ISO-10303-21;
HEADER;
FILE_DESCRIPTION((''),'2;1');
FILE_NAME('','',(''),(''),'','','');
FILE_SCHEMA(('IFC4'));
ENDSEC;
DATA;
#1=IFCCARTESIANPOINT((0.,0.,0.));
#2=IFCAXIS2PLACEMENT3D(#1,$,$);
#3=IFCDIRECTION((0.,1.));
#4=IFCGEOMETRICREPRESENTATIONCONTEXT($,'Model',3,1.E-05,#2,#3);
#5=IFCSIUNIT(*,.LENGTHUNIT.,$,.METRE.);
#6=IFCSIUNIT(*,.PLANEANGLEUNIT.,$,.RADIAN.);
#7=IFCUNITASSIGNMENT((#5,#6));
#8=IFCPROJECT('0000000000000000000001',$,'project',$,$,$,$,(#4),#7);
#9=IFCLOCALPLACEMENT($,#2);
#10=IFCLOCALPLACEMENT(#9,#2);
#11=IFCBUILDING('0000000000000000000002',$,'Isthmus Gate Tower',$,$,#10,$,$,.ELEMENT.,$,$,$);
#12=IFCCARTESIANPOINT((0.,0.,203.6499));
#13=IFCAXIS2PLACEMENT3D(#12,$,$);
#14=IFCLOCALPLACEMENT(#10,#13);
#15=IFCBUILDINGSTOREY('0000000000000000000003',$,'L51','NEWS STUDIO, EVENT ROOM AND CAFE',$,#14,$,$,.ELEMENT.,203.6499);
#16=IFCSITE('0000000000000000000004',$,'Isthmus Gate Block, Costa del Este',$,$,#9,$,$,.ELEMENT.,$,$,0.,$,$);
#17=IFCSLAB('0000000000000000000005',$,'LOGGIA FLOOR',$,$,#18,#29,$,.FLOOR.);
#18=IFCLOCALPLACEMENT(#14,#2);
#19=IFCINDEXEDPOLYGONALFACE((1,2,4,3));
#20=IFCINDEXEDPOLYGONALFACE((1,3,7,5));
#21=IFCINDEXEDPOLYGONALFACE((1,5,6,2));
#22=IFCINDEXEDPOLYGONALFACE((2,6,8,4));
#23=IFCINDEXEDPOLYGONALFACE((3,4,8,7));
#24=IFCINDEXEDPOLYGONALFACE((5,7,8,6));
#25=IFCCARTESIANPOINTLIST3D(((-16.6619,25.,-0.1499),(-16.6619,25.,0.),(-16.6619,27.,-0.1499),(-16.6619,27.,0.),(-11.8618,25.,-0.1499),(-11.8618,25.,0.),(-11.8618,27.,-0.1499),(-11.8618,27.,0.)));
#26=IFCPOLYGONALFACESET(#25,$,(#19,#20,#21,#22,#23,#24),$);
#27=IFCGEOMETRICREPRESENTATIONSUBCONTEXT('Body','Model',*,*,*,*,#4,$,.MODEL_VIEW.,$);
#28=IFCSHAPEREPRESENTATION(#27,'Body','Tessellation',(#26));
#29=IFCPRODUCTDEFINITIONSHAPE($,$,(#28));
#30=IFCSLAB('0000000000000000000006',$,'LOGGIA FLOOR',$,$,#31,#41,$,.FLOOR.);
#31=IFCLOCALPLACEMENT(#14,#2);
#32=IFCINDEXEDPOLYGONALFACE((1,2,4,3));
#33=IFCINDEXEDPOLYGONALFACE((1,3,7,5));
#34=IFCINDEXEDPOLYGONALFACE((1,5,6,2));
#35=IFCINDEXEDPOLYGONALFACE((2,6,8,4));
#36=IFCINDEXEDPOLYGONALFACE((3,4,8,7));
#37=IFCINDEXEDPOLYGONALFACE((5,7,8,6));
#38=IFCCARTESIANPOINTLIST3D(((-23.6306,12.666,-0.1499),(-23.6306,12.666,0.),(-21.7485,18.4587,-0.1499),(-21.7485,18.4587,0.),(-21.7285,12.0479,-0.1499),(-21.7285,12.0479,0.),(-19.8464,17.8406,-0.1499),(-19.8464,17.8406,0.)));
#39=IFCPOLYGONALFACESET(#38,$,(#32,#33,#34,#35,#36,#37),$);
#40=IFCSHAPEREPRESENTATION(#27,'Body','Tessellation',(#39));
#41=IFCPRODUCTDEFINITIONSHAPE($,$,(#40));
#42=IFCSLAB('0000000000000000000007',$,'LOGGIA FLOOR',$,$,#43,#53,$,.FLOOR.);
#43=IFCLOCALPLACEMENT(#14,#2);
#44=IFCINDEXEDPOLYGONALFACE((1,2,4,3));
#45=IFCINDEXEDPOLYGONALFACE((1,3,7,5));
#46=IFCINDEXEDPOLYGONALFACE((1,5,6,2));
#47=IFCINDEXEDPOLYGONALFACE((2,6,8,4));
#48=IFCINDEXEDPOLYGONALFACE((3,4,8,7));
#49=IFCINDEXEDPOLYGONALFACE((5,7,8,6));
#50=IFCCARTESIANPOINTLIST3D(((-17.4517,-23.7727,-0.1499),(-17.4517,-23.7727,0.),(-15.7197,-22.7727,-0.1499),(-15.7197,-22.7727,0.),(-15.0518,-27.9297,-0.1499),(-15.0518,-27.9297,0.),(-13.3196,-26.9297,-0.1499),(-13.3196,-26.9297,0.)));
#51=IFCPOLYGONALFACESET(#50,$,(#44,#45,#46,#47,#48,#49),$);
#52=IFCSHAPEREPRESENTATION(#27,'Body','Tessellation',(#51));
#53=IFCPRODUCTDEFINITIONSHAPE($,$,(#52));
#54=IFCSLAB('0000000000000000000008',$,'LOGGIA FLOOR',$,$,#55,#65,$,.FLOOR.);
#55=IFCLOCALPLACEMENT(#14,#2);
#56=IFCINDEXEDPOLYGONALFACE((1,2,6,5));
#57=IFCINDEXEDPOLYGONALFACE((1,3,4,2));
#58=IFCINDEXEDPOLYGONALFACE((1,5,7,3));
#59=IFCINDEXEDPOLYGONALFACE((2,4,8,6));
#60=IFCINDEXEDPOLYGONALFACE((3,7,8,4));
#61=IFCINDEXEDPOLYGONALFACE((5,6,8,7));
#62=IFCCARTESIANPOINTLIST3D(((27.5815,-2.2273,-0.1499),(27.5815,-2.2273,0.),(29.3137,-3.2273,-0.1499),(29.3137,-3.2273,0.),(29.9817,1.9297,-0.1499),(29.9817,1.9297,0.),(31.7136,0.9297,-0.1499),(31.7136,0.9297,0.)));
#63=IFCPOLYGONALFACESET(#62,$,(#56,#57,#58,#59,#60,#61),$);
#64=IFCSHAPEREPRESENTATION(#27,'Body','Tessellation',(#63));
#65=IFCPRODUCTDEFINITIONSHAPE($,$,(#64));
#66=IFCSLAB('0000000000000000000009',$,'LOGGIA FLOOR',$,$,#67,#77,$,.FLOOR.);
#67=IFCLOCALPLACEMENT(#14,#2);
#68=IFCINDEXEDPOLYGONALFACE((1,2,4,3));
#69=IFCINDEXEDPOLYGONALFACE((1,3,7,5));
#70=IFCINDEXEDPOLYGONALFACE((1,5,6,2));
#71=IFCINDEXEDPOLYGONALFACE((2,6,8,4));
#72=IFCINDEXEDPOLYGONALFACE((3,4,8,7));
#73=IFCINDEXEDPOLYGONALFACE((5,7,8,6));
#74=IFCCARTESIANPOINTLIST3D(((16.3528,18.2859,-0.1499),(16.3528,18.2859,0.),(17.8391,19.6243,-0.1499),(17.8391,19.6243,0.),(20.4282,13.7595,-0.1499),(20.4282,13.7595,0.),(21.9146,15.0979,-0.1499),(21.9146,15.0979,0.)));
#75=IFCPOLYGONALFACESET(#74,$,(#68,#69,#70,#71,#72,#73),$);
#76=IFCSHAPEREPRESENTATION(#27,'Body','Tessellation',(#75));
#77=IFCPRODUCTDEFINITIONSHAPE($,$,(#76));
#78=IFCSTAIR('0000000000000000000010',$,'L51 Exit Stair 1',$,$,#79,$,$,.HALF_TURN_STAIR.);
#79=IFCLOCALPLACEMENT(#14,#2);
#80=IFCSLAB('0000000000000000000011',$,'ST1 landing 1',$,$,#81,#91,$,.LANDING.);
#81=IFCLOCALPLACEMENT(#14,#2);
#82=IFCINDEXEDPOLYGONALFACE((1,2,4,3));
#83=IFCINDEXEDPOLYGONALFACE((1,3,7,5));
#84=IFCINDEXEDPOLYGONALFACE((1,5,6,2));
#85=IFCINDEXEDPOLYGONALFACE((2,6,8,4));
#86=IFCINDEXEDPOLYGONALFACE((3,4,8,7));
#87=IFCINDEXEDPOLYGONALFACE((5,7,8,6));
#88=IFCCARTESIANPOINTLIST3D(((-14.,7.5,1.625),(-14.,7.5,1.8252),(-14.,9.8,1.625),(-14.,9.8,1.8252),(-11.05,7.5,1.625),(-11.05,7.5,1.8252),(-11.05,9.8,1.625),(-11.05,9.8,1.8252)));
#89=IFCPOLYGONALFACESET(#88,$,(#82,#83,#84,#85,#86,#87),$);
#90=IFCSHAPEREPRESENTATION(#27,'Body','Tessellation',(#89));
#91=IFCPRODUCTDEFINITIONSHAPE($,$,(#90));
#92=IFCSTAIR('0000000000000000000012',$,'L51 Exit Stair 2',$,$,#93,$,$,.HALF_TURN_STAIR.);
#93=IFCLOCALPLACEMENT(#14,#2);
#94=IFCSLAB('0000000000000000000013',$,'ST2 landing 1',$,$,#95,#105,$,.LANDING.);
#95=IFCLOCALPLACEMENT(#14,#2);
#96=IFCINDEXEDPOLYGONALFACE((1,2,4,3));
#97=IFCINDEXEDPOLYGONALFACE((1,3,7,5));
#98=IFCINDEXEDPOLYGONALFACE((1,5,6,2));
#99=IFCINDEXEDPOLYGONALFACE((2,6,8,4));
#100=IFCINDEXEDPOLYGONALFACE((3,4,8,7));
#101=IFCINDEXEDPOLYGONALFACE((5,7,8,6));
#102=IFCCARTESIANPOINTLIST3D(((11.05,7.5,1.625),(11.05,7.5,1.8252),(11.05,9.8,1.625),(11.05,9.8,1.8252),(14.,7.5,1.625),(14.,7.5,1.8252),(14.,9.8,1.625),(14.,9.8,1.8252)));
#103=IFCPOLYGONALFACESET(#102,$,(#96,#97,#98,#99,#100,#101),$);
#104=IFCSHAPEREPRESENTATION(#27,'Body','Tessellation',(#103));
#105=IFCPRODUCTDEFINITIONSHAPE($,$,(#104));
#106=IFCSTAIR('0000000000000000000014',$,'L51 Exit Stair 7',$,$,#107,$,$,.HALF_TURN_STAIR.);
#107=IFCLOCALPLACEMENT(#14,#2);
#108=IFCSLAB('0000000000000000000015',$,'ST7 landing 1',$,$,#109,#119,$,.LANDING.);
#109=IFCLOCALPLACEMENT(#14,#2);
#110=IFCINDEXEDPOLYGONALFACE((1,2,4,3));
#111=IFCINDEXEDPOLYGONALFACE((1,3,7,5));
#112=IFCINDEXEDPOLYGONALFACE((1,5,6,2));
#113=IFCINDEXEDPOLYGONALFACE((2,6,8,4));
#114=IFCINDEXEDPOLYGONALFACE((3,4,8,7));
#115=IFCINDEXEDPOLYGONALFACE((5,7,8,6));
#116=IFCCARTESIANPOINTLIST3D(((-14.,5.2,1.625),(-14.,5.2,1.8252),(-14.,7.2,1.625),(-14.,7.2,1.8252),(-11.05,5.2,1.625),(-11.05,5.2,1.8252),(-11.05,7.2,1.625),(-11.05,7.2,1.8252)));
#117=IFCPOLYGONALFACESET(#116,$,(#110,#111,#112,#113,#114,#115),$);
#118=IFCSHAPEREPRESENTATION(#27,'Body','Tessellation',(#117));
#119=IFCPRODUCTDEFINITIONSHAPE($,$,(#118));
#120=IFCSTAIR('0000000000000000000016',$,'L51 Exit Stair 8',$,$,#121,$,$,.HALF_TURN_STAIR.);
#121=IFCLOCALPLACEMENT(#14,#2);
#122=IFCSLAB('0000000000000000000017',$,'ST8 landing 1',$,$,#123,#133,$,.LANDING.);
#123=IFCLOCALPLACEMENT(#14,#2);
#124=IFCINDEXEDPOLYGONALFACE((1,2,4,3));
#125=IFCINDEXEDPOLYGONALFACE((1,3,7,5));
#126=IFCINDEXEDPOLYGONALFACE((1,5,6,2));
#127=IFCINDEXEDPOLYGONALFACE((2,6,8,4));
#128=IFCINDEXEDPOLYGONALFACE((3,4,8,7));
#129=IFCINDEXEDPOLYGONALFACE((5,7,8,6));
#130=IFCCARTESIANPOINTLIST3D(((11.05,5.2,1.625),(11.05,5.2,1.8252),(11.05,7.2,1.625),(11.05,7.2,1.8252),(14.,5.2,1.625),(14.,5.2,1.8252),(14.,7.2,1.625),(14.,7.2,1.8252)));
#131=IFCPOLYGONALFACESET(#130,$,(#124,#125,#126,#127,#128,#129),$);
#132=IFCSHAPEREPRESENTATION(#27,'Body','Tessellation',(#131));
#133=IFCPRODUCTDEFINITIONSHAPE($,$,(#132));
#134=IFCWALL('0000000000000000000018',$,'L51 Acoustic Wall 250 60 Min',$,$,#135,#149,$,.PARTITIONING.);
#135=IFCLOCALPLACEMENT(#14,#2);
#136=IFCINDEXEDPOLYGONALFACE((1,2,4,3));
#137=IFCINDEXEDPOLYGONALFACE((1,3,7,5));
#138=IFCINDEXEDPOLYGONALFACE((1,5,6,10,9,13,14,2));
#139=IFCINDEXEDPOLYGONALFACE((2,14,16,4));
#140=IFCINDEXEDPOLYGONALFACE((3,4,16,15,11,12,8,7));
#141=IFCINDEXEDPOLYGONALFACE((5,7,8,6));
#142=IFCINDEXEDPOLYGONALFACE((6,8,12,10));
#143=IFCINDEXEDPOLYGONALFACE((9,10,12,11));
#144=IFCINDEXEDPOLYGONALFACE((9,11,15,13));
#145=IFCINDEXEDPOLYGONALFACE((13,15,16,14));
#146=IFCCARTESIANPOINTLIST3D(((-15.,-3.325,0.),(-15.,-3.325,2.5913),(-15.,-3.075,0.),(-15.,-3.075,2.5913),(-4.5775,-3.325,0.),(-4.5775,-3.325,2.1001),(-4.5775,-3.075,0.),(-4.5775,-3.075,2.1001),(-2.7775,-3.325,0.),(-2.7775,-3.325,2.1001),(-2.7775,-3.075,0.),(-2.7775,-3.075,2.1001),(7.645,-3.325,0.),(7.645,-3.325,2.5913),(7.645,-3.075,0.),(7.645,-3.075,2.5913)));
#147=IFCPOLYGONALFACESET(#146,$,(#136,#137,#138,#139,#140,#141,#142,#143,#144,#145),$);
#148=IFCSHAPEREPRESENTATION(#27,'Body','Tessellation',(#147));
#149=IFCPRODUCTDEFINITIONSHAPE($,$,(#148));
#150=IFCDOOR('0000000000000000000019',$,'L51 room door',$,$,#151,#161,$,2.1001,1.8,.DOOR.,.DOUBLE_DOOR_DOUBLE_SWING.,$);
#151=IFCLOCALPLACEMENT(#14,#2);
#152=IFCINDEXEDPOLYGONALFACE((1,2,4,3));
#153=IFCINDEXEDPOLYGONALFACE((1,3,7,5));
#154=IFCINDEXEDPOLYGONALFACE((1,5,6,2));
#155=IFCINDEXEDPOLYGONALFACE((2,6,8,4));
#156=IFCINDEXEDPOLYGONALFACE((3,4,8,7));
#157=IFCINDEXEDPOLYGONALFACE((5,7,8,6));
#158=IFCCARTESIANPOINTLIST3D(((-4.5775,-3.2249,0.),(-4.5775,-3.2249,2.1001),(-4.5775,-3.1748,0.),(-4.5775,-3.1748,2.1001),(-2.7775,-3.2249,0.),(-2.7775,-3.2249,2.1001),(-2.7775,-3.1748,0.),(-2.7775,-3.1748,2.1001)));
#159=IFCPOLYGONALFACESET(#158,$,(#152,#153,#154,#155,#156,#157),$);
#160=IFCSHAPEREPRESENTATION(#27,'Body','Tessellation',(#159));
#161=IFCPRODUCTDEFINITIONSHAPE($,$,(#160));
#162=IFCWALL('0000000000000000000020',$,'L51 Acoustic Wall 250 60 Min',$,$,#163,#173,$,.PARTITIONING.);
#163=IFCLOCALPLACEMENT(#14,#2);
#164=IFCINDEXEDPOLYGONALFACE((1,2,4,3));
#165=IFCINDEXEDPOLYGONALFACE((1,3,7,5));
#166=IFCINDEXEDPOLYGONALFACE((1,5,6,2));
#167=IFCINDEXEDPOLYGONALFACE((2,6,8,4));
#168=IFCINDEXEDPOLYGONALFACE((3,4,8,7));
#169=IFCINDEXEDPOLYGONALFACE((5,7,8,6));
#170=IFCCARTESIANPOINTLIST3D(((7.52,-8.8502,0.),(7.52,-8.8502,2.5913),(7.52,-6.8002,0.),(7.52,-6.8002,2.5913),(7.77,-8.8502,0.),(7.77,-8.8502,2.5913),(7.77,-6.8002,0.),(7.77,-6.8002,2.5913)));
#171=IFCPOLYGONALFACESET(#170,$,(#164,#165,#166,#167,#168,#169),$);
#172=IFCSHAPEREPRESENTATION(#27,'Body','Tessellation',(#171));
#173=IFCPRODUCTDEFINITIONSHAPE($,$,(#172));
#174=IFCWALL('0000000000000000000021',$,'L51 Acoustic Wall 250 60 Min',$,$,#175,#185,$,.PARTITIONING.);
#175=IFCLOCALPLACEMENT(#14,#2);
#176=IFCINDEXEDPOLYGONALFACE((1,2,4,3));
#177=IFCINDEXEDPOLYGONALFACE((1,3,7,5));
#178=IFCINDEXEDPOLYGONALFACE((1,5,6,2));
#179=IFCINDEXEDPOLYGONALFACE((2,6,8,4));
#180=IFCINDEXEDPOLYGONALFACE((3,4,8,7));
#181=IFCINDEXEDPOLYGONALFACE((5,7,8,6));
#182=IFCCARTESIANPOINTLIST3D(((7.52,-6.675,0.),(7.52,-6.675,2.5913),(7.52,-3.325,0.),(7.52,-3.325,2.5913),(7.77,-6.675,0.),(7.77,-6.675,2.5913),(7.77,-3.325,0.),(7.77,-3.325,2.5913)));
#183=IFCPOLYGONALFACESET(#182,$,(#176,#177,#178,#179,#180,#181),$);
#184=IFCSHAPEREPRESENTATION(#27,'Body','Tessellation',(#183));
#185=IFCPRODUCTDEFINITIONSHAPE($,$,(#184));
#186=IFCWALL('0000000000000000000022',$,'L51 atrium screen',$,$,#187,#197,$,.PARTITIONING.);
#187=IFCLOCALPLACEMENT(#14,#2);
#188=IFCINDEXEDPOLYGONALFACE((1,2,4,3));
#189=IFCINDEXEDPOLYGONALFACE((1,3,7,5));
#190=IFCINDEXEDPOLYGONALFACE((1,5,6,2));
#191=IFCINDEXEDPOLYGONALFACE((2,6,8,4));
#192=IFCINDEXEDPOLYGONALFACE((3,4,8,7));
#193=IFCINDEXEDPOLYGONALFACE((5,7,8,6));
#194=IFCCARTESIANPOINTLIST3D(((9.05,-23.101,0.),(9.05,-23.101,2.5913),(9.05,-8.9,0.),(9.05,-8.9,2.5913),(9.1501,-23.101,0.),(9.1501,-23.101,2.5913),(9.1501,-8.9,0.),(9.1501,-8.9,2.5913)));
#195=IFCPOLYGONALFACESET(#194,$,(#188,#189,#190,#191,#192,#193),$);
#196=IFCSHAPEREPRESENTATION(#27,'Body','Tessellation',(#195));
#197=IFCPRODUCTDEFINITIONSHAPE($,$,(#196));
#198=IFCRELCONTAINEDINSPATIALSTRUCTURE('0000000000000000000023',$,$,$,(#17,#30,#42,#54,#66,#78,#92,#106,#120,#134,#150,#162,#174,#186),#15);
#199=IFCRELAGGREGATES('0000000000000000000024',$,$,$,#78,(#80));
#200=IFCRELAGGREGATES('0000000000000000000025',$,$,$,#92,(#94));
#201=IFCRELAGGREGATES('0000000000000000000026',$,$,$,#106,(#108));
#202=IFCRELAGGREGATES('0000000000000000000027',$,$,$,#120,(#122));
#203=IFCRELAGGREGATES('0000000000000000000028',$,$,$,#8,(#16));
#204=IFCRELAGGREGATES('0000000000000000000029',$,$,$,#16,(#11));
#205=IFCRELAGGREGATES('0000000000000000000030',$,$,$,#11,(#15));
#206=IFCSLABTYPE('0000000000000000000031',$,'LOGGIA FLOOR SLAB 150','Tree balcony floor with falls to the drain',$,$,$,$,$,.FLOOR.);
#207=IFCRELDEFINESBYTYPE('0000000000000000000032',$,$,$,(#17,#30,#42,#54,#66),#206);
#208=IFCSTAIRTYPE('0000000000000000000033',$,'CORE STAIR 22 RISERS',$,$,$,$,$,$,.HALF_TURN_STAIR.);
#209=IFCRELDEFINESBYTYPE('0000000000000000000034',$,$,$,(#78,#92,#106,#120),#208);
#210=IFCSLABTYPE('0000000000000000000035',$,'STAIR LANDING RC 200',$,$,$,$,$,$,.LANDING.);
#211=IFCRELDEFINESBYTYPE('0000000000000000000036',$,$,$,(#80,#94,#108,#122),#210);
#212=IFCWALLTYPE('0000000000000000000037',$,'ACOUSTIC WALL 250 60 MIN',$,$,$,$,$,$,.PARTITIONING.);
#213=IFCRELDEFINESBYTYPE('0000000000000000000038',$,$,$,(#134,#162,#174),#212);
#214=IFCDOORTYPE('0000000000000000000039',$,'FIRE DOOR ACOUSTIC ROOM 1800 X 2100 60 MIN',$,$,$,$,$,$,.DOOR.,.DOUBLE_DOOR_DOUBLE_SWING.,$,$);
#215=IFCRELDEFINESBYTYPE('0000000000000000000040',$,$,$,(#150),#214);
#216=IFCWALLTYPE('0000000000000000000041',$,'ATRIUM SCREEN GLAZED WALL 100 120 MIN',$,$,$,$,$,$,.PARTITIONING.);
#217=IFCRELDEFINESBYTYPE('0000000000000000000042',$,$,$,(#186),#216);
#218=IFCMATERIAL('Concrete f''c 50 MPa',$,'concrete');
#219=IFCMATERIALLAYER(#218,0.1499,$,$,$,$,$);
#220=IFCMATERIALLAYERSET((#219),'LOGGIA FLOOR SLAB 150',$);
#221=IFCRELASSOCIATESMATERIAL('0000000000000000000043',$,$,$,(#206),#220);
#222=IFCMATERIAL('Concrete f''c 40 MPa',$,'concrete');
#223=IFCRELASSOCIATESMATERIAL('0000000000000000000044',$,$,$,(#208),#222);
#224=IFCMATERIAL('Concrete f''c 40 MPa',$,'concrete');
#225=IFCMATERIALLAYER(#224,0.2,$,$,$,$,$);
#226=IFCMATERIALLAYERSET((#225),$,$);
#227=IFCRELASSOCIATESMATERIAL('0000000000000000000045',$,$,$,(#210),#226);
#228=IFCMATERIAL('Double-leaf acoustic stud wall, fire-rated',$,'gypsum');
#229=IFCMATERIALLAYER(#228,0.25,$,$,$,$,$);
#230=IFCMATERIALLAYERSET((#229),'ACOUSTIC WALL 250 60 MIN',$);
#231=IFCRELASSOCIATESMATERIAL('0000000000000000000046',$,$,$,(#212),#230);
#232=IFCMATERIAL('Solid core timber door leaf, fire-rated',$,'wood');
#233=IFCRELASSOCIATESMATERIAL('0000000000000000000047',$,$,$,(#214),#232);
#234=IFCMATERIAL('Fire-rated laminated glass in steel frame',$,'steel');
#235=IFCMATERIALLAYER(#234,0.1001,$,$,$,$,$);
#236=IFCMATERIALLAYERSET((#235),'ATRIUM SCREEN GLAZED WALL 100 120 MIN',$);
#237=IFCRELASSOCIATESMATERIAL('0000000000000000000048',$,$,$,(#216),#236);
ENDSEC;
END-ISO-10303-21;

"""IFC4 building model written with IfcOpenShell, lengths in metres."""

from ifc_helpers import new_model, si_unit, direction, frame, frame_2d, origin, place, context, subcontext, project, spatial, polyline, rectangle, outline, extrude, material, layer, layer_set, type_object, element, fill, aggregate, save


model = new_model("IFC4")

# Units and contexts
model_context = context("Model", 3, precision=1e-05, world=origin(), true_north=direction((0.0, 1.0)))
body_context = subcontext(model_context, "Body", "Model", "MODEL_VIEW")
ifc_project = project(units=[si_unit("LENGTHUNIT", "METRE"), si_unit("PLANEANGLEUNIT", "RADIAN")], contexts=[model_context])

# Site, building, storey
site_placement = place(None, origin())
site = spatial("IfcSite", under=ifc_project, at=site_placement, Name="Isthmus Gate Block, Costa del Este", CompositionType="ELEMENT", RefElevation=0.0)
building_placement = place(site_placement, origin())
building = spatial("IfcBuilding", under=site, at=building_placement, Name="Isthmus Gate Tower", CompositionType="ELEMENT")
storey_placement = place(building_placement, frame((0.0, 0.0, 203.6499)))
storey = spatial("IfcBuildingStorey", under=building, at=storey_placement, Name="L51", Description="NEWS STUDIO, EVENT ROOM AND CAFE", CompositionType="ELEMENT", Elevation=203.6499)

# Slabs
ifc_material_1 = material(Name="Concrete f'c 50 MPa", Category="concrete")
ifc_layer_1 = layer(ifc_material_1, 0.1499)
ifc_layer_set_1 = layer_set([ifc_layer_1], Name="LOGGIA FLOOR SLAB 150")
slab_type_1 = type_object("IfcSlabType", Name="LOGGIA FLOOR SLAB 150", Description="Tree balcony floor with falls to the drain", PredefinedType="FLOOR", material=ifc_layer_set_1)
slab_1_placement = place(storey_placement, frame((0.0, 0.0, -0.1499)))
element("IfcSlab", 1, at=slab_1_placement, inside=storey, type_object=slab_type_1, Name="LOGGIA FLOOR", PredefinedType="FLOOR", context=body_context, shape_type="SweptSolid", body=[
    extrude(outline(polyline([(-11.8618, 27.0), (-16.6619, 27.0), (-16.6619, 25.0), (-11.8618, 25.0), (-11.8618, 27.0)])), origin(), (0.0, 0.0, 1.0), 0.1499),
])
slab_2_placement = place(storey_placement, frame((0.0, 0.0, -0.1499)))
element("IfcSlab", 2, at=slab_2_placement, inside=storey, type_object=slab_type_1, Name="LOGGIA FLOOR", PredefinedType="FLOOR", context=body_context, shape_type="SweptSolid", body=[
    extrude(outline(polyline([(-21.7485, 18.4587), (-23.6306, 12.666), (-21.7285, 12.0479), (-19.8464, 17.8406), (-21.7485, 18.4587)])), origin(), (0.0, 0.0, 1.0), 0.1499),
])
slab_3_placement = place(storey_placement, frame((0.0, 0.0, -0.1499)))
element("IfcSlab", 3, at=slab_3_placement, inside=storey, type_object=slab_type_1, Name="LOGGIA FLOOR", PredefinedType="FLOOR", context=body_context, shape_type="SweptSolid", body=[
    extrude(outline(polyline([(-17.4517, -23.7727), (-15.0518, -27.9297), (-13.3196, -26.9297), (-15.7197, -22.7727), (-17.4517, -23.7727)])), origin(), (0.0, 0.0, 1.0), 0.1499),
])
slab_4_placement = place(storey_placement, frame((0.0, 0.0, -0.1499)))
element("IfcSlab", 4, at=slab_4_placement, inside=storey, type_object=slab_type_1, Name="LOGGIA FLOOR", PredefinedType="FLOOR", context=body_context, shape_type="SweptSolid", body=[
    extrude(outline(polyline([(29.3137, -3.2273), (31.7136, 0.9297), (29.9817, 1.9297), (27.5815, -2.2273), (29.3137, -3.2273)])), origin(), (0.0, 0.0, 1.0), 0.1499),
])
slab_5_placement = place(storey_placement, frame((0.0, 0.0, -0.1499)))
element("IfcSlab", 5, at=slab_5_placement, inside=storey, type_object=slab_type_1, Name="LOGGIA FLOOR", PredefinedType="FLOOR", context=body_context, shape_type="SweptSolid", body=[
    extrude(outline(polyline([(21.9146, 15.0979), (17.8391, 19.6243), (16.3528, 18.2859), (20.4282, 13.7595), (21.9146, 15.0979)])), origin(), (0.0, 0.0, 1.0), 0.1499),
])

# Stairs, slabs
ifc_material_2 = material(Name="Concrete f'c 40 MPa", Category="concrete")
stair_type = type_object("IfcStairType", Name="CORE STAIR 22 RISERS", PredefinedType="HALF_TURN_STAIR", material=ifc_material_2)
stair_1_placement = place(storey_placement, origin())
stair_1 = element("IfcStair", 6, at=stair_1_placement, inside=storey, type_object=stair_type, Name="L51 Exit Stair 1", PredefinedType="HALF_TURN_STAIR")
ifc_material_3 = material(Name="Concrete f'c 40 MPa", Category="concrete")
ifc_layer_2 = layer(ifc_material_3, 0.2)
ifc_layer_set_2 = layer_set([ifc_layer_2])
slab_type_2 = type_object("IfcSlabType", Name="STAIR LANDING RC 200", PredefinedType="LANDING", material=ifc_layer_set_2)
slab_6_placement = place(storey_placement, frame((0.0, 0.0, 1.625)))
slab_6 = element("IfcSlab", 7, at=slab_6_placement, type_object=slab_type_2, Name="ST1 landing 1", PredefinedType="LANDING", context=body_context, shape_type="SweptSolid", body=[
    extrude(outline(polyline([(-14.0, 9.8), (-14.0, 7.5), (-11.05, 7.5), (-11.05, 9.8), (-14.0, 9.8)])), origin(), (0.0, 0.0, 1.0), 0.2002),
])
aggregate(stair_1, [slab_6])
stair_2_placement = place(storey_placement, origin())
stair_2 = element("IfcStair", 8, at=stair_2_placement, inside=storey, type_object=stair_type, Name="L51 Exit Stair 2", PredefinedType="HALF_TURN_STAIR")
slab_7_placement = place(storey_placement, frame((0.0, 0.0, 1.625)))
slab_7 = element("IfcSlab", 9, at=slab_7_placement, type_object=slab_type_2, Name="ST2 landing 1", PredefinedType="LANDING", context=body_context, shape_type="SweptSolid", body=[
    extrude(outline(polyline([(11.05, 9.8), (11.05, 7.5), (14.0, 7.5), (14.0, 9.8), (11.05, 9.8)])), origin(), (0.0, 0.0, 1.0), 0.2002),
])
aggregate(stair_2, [slab_7])
stair_3_placement = place(storey_placement, origin())
stair_3 = element("IfcStair", 10, at=stair_3_placement, inside=storey, type_object=stair_type, Name="L51 Exit Stair 7", PredefinedType="HALF_TURN_STAIR")
slab_8_placement = place(storey_placement, frame((0.0, 0.0, 1.625)))
slab_8 = element("IfcSlab", 11, at=slab_8_placement, type_object=slab_type_2, Name="ST7 landing 1", PredefinedType="LANDING", context=body_context, shape_type="SweptSolid", body=[
    extrude(outline(polyline([(-11.05, 5.2), (-11.05, 7.2), (-14.0, 7.2), (-14.0, 5.2), (-11.05, 5.2)])), origin(), (0.0, 0.0, 1.0), 0.2002),
])
aggregate(stair_3, [slab_8])
stair_4_placement = place(storey_placement, origin())
stair_4 = element("IfcStair", 12, at=stair_4_placement, inside=storey, type_object=stair_type, Name="L51 Exit Stair 8", PredefinedType="HALF_TURN_STAIR")
slab_9_placement = place(storey_placement, frame((0.0, 0.0, 1.625)))
slab_9 = element("IfcSlab", 13, at=slab_9_placement, type_object=slab_type_2, Name="ST8 landing 1", PredefinedType="LANDING", context=body_context, shape_type="SweptSolid", body=[
    extrude(outline(polyline([(14.0, 5.2), (14.0, 7.2), (11.05, 7.2), (11.05, 5.2), (14.0, 5.2)])), origin(), (0.0, 0.0, 1.0), 0.2002),
])
aggregate(stair_4, [slab_9])

# Wall, opening, door
ifc_material_4 = material(Name="Double-leaf acoustic stud wall, fire-rated", Category="gypsum")
ifc_layer_3 = layer(ifc_material_4, 0.25)
ifc_layer_set_3 = layer_set([ifc_layer_3], Name="ACOUSTIC WALL 250 60 MIN")
wall_type_1 = type_object("IfcWallType", Name="ACOUSTIC WALL 250 60 MIN", PredefinedType="PARTITIONING", material=ifc_layer_set_3)
wall_1_placement = place(storey_placement, frame((7.645, -3.2, 0.0), z_axis=(0.0, 0.0, 1.0), x_axis=(-1.0, 0.0, 0.0)))
wall_1 = element("IfcWall", 14, at=wall_1_placement, inside=storey, type_object=wall_type_1, Name="L51 Acoustic Wall 250 60 Min", PredefinedType="PARTITIONING", context=body_context, shape_type="SweptSolid", body=[
    extrude(rectangle(XDim=22.645, YDim=0.25, at=frame_2d((11.3225, 0.0))), origin(), (0.0, 0.0, 1.0), 2.5913),
])
opening_placement = place(wall_1_placement, frame((10.4226, 0.0, 0.0)))
opening = element("IfcOpeningElement", 15, at=opening_placement, cuts=wall_1, PredefinedType="OPENING", context=body_context, shape_type="SweptSolid", body=[
    extrude(rectangle(XDim=1.8, YDim=2.1001, at=frame_2d((0.8999, 1.05))), frame((0.0, 0.135, 0.0), z_axis=(0.0, -1.0, 0.0), x_axis=(1.0, 0.0, 0.0)), (0.0, 0.0, 1.0), 0.27),
])
ifc_material_5 = material(Name="Solid core timber door leaf, fire-rated", Category="wood")
door_type = type_object("IfcDoorType", Name="FIRE DOOR ACOUSTIC ROOM 1800 X 2100 60 MIN", OperationType="DOUBLE_DOOR_DOUBLE_SWING", PredefinedType="DOOR", material=ifc_material_5)
door_placement = place(opening_placement, origin())
door = element("IfcDoor", 16, at=door_placement, inside=storey, type_object=door_type, Name="L51 room door", OperationType="DOUBLE_DOOR_DOUBLE_SWING", OverallHeight=2.1001, OverallWidth=1.8, PredefinedType="DOOR", context=body_context, shape_type="SweptSolid", body=[
    extrude(rectangle(XDim=1.8, YDim=2.1001, at=frame_2d((0.8999, 1.05))), frame((0.0, 0.0249, 0.0), z_axis=(0.0, -1.0, 0.0), x_axis=(1.0, 0.0, 0.0)), (0.0, 0.0, 1.0), 0.05),
])
fill(opening, door)

# Walls
wall_2_placement = place(storey_placement, frame((7.645, -8.8501, 0.0), z_axis=(0.0, 0.0, 1.0), x_axis=(0.0, 1.0, 0.0)))
element("IfcWall", 17, at=wall_2_placement, inside=storey, type_object=wall_type_1, Name="L51 Acoustic Wall 250 60 Min", PredefinedType="PARTITIONING", context=body_context, shape_type="SweptSolid", body=[
    extrude(rectangle(XDim=2.05, YDim=0.25, at=frame_2d((1.0249, 0.0))), origin(), (0.0, 0.0, 1.0), 2.5913),
])
wall_3_placement = place(storey_placement, frame((7.645, -6.675, 0.0), z_axis=(0.0, 0.0, 1.0), x_axis=(0.0, 1.0, 0.0)))
element("IfcWall", 18, at=wall_3_placement, inside=storey, type_object=wall_type_1, Name="L51 Acoustic Wall 250 60 Min", PredefinedType="PARTITIONING", context=body_context, shape_type="SweptSolid", body=[
    extrude(rectangle(XDim=3.3501, YDim=0.25, at=frame_2d((1.675, 0.0))), origin(), (0.0, 0.0, 1.0), 2.5913),
])
ifc_material_6 = material(Name="Fire-rated laminated glass in steel frame", Category="steel")
ifc_layer_4 = layer(ifc_material_6, 0.1001)
ifc_layer_set_4 = layer_set([ifc_layer_4], Name="ATRIUM SCREEN GLAZED WALL 100 120 MIN")
wall_type_2 = type_object("IfcWallType", Name="ATRIUM SCREEN GLAZED WALL 100 120 MIN", PredefinedType="PARTITIONING", material=ifc_layer_set_4)
wall_4_placement = place(storey_placement, frame((9.1001, -8.8999, 0.0), z_axis=(0.0, 0.0, 1.0), x_axis=(0.0, -1.0, 0.0)))
element("IfcWall", 19, at=wall_4_placement, inside=storey, type_object=wall_type_2, Name="L51 atrium screen", PredefinedType="PARTITIONING", context=body_context, shape_type="SweptSolid", body=[
    extrude(rectangle(XDim=14.2009, YDim=0.1001, at=frame_2d((7.1006, 0.0))), origin(), (0.0, 0.0, 1.0), 2.5913),
])

save(model, "model.ifc")
